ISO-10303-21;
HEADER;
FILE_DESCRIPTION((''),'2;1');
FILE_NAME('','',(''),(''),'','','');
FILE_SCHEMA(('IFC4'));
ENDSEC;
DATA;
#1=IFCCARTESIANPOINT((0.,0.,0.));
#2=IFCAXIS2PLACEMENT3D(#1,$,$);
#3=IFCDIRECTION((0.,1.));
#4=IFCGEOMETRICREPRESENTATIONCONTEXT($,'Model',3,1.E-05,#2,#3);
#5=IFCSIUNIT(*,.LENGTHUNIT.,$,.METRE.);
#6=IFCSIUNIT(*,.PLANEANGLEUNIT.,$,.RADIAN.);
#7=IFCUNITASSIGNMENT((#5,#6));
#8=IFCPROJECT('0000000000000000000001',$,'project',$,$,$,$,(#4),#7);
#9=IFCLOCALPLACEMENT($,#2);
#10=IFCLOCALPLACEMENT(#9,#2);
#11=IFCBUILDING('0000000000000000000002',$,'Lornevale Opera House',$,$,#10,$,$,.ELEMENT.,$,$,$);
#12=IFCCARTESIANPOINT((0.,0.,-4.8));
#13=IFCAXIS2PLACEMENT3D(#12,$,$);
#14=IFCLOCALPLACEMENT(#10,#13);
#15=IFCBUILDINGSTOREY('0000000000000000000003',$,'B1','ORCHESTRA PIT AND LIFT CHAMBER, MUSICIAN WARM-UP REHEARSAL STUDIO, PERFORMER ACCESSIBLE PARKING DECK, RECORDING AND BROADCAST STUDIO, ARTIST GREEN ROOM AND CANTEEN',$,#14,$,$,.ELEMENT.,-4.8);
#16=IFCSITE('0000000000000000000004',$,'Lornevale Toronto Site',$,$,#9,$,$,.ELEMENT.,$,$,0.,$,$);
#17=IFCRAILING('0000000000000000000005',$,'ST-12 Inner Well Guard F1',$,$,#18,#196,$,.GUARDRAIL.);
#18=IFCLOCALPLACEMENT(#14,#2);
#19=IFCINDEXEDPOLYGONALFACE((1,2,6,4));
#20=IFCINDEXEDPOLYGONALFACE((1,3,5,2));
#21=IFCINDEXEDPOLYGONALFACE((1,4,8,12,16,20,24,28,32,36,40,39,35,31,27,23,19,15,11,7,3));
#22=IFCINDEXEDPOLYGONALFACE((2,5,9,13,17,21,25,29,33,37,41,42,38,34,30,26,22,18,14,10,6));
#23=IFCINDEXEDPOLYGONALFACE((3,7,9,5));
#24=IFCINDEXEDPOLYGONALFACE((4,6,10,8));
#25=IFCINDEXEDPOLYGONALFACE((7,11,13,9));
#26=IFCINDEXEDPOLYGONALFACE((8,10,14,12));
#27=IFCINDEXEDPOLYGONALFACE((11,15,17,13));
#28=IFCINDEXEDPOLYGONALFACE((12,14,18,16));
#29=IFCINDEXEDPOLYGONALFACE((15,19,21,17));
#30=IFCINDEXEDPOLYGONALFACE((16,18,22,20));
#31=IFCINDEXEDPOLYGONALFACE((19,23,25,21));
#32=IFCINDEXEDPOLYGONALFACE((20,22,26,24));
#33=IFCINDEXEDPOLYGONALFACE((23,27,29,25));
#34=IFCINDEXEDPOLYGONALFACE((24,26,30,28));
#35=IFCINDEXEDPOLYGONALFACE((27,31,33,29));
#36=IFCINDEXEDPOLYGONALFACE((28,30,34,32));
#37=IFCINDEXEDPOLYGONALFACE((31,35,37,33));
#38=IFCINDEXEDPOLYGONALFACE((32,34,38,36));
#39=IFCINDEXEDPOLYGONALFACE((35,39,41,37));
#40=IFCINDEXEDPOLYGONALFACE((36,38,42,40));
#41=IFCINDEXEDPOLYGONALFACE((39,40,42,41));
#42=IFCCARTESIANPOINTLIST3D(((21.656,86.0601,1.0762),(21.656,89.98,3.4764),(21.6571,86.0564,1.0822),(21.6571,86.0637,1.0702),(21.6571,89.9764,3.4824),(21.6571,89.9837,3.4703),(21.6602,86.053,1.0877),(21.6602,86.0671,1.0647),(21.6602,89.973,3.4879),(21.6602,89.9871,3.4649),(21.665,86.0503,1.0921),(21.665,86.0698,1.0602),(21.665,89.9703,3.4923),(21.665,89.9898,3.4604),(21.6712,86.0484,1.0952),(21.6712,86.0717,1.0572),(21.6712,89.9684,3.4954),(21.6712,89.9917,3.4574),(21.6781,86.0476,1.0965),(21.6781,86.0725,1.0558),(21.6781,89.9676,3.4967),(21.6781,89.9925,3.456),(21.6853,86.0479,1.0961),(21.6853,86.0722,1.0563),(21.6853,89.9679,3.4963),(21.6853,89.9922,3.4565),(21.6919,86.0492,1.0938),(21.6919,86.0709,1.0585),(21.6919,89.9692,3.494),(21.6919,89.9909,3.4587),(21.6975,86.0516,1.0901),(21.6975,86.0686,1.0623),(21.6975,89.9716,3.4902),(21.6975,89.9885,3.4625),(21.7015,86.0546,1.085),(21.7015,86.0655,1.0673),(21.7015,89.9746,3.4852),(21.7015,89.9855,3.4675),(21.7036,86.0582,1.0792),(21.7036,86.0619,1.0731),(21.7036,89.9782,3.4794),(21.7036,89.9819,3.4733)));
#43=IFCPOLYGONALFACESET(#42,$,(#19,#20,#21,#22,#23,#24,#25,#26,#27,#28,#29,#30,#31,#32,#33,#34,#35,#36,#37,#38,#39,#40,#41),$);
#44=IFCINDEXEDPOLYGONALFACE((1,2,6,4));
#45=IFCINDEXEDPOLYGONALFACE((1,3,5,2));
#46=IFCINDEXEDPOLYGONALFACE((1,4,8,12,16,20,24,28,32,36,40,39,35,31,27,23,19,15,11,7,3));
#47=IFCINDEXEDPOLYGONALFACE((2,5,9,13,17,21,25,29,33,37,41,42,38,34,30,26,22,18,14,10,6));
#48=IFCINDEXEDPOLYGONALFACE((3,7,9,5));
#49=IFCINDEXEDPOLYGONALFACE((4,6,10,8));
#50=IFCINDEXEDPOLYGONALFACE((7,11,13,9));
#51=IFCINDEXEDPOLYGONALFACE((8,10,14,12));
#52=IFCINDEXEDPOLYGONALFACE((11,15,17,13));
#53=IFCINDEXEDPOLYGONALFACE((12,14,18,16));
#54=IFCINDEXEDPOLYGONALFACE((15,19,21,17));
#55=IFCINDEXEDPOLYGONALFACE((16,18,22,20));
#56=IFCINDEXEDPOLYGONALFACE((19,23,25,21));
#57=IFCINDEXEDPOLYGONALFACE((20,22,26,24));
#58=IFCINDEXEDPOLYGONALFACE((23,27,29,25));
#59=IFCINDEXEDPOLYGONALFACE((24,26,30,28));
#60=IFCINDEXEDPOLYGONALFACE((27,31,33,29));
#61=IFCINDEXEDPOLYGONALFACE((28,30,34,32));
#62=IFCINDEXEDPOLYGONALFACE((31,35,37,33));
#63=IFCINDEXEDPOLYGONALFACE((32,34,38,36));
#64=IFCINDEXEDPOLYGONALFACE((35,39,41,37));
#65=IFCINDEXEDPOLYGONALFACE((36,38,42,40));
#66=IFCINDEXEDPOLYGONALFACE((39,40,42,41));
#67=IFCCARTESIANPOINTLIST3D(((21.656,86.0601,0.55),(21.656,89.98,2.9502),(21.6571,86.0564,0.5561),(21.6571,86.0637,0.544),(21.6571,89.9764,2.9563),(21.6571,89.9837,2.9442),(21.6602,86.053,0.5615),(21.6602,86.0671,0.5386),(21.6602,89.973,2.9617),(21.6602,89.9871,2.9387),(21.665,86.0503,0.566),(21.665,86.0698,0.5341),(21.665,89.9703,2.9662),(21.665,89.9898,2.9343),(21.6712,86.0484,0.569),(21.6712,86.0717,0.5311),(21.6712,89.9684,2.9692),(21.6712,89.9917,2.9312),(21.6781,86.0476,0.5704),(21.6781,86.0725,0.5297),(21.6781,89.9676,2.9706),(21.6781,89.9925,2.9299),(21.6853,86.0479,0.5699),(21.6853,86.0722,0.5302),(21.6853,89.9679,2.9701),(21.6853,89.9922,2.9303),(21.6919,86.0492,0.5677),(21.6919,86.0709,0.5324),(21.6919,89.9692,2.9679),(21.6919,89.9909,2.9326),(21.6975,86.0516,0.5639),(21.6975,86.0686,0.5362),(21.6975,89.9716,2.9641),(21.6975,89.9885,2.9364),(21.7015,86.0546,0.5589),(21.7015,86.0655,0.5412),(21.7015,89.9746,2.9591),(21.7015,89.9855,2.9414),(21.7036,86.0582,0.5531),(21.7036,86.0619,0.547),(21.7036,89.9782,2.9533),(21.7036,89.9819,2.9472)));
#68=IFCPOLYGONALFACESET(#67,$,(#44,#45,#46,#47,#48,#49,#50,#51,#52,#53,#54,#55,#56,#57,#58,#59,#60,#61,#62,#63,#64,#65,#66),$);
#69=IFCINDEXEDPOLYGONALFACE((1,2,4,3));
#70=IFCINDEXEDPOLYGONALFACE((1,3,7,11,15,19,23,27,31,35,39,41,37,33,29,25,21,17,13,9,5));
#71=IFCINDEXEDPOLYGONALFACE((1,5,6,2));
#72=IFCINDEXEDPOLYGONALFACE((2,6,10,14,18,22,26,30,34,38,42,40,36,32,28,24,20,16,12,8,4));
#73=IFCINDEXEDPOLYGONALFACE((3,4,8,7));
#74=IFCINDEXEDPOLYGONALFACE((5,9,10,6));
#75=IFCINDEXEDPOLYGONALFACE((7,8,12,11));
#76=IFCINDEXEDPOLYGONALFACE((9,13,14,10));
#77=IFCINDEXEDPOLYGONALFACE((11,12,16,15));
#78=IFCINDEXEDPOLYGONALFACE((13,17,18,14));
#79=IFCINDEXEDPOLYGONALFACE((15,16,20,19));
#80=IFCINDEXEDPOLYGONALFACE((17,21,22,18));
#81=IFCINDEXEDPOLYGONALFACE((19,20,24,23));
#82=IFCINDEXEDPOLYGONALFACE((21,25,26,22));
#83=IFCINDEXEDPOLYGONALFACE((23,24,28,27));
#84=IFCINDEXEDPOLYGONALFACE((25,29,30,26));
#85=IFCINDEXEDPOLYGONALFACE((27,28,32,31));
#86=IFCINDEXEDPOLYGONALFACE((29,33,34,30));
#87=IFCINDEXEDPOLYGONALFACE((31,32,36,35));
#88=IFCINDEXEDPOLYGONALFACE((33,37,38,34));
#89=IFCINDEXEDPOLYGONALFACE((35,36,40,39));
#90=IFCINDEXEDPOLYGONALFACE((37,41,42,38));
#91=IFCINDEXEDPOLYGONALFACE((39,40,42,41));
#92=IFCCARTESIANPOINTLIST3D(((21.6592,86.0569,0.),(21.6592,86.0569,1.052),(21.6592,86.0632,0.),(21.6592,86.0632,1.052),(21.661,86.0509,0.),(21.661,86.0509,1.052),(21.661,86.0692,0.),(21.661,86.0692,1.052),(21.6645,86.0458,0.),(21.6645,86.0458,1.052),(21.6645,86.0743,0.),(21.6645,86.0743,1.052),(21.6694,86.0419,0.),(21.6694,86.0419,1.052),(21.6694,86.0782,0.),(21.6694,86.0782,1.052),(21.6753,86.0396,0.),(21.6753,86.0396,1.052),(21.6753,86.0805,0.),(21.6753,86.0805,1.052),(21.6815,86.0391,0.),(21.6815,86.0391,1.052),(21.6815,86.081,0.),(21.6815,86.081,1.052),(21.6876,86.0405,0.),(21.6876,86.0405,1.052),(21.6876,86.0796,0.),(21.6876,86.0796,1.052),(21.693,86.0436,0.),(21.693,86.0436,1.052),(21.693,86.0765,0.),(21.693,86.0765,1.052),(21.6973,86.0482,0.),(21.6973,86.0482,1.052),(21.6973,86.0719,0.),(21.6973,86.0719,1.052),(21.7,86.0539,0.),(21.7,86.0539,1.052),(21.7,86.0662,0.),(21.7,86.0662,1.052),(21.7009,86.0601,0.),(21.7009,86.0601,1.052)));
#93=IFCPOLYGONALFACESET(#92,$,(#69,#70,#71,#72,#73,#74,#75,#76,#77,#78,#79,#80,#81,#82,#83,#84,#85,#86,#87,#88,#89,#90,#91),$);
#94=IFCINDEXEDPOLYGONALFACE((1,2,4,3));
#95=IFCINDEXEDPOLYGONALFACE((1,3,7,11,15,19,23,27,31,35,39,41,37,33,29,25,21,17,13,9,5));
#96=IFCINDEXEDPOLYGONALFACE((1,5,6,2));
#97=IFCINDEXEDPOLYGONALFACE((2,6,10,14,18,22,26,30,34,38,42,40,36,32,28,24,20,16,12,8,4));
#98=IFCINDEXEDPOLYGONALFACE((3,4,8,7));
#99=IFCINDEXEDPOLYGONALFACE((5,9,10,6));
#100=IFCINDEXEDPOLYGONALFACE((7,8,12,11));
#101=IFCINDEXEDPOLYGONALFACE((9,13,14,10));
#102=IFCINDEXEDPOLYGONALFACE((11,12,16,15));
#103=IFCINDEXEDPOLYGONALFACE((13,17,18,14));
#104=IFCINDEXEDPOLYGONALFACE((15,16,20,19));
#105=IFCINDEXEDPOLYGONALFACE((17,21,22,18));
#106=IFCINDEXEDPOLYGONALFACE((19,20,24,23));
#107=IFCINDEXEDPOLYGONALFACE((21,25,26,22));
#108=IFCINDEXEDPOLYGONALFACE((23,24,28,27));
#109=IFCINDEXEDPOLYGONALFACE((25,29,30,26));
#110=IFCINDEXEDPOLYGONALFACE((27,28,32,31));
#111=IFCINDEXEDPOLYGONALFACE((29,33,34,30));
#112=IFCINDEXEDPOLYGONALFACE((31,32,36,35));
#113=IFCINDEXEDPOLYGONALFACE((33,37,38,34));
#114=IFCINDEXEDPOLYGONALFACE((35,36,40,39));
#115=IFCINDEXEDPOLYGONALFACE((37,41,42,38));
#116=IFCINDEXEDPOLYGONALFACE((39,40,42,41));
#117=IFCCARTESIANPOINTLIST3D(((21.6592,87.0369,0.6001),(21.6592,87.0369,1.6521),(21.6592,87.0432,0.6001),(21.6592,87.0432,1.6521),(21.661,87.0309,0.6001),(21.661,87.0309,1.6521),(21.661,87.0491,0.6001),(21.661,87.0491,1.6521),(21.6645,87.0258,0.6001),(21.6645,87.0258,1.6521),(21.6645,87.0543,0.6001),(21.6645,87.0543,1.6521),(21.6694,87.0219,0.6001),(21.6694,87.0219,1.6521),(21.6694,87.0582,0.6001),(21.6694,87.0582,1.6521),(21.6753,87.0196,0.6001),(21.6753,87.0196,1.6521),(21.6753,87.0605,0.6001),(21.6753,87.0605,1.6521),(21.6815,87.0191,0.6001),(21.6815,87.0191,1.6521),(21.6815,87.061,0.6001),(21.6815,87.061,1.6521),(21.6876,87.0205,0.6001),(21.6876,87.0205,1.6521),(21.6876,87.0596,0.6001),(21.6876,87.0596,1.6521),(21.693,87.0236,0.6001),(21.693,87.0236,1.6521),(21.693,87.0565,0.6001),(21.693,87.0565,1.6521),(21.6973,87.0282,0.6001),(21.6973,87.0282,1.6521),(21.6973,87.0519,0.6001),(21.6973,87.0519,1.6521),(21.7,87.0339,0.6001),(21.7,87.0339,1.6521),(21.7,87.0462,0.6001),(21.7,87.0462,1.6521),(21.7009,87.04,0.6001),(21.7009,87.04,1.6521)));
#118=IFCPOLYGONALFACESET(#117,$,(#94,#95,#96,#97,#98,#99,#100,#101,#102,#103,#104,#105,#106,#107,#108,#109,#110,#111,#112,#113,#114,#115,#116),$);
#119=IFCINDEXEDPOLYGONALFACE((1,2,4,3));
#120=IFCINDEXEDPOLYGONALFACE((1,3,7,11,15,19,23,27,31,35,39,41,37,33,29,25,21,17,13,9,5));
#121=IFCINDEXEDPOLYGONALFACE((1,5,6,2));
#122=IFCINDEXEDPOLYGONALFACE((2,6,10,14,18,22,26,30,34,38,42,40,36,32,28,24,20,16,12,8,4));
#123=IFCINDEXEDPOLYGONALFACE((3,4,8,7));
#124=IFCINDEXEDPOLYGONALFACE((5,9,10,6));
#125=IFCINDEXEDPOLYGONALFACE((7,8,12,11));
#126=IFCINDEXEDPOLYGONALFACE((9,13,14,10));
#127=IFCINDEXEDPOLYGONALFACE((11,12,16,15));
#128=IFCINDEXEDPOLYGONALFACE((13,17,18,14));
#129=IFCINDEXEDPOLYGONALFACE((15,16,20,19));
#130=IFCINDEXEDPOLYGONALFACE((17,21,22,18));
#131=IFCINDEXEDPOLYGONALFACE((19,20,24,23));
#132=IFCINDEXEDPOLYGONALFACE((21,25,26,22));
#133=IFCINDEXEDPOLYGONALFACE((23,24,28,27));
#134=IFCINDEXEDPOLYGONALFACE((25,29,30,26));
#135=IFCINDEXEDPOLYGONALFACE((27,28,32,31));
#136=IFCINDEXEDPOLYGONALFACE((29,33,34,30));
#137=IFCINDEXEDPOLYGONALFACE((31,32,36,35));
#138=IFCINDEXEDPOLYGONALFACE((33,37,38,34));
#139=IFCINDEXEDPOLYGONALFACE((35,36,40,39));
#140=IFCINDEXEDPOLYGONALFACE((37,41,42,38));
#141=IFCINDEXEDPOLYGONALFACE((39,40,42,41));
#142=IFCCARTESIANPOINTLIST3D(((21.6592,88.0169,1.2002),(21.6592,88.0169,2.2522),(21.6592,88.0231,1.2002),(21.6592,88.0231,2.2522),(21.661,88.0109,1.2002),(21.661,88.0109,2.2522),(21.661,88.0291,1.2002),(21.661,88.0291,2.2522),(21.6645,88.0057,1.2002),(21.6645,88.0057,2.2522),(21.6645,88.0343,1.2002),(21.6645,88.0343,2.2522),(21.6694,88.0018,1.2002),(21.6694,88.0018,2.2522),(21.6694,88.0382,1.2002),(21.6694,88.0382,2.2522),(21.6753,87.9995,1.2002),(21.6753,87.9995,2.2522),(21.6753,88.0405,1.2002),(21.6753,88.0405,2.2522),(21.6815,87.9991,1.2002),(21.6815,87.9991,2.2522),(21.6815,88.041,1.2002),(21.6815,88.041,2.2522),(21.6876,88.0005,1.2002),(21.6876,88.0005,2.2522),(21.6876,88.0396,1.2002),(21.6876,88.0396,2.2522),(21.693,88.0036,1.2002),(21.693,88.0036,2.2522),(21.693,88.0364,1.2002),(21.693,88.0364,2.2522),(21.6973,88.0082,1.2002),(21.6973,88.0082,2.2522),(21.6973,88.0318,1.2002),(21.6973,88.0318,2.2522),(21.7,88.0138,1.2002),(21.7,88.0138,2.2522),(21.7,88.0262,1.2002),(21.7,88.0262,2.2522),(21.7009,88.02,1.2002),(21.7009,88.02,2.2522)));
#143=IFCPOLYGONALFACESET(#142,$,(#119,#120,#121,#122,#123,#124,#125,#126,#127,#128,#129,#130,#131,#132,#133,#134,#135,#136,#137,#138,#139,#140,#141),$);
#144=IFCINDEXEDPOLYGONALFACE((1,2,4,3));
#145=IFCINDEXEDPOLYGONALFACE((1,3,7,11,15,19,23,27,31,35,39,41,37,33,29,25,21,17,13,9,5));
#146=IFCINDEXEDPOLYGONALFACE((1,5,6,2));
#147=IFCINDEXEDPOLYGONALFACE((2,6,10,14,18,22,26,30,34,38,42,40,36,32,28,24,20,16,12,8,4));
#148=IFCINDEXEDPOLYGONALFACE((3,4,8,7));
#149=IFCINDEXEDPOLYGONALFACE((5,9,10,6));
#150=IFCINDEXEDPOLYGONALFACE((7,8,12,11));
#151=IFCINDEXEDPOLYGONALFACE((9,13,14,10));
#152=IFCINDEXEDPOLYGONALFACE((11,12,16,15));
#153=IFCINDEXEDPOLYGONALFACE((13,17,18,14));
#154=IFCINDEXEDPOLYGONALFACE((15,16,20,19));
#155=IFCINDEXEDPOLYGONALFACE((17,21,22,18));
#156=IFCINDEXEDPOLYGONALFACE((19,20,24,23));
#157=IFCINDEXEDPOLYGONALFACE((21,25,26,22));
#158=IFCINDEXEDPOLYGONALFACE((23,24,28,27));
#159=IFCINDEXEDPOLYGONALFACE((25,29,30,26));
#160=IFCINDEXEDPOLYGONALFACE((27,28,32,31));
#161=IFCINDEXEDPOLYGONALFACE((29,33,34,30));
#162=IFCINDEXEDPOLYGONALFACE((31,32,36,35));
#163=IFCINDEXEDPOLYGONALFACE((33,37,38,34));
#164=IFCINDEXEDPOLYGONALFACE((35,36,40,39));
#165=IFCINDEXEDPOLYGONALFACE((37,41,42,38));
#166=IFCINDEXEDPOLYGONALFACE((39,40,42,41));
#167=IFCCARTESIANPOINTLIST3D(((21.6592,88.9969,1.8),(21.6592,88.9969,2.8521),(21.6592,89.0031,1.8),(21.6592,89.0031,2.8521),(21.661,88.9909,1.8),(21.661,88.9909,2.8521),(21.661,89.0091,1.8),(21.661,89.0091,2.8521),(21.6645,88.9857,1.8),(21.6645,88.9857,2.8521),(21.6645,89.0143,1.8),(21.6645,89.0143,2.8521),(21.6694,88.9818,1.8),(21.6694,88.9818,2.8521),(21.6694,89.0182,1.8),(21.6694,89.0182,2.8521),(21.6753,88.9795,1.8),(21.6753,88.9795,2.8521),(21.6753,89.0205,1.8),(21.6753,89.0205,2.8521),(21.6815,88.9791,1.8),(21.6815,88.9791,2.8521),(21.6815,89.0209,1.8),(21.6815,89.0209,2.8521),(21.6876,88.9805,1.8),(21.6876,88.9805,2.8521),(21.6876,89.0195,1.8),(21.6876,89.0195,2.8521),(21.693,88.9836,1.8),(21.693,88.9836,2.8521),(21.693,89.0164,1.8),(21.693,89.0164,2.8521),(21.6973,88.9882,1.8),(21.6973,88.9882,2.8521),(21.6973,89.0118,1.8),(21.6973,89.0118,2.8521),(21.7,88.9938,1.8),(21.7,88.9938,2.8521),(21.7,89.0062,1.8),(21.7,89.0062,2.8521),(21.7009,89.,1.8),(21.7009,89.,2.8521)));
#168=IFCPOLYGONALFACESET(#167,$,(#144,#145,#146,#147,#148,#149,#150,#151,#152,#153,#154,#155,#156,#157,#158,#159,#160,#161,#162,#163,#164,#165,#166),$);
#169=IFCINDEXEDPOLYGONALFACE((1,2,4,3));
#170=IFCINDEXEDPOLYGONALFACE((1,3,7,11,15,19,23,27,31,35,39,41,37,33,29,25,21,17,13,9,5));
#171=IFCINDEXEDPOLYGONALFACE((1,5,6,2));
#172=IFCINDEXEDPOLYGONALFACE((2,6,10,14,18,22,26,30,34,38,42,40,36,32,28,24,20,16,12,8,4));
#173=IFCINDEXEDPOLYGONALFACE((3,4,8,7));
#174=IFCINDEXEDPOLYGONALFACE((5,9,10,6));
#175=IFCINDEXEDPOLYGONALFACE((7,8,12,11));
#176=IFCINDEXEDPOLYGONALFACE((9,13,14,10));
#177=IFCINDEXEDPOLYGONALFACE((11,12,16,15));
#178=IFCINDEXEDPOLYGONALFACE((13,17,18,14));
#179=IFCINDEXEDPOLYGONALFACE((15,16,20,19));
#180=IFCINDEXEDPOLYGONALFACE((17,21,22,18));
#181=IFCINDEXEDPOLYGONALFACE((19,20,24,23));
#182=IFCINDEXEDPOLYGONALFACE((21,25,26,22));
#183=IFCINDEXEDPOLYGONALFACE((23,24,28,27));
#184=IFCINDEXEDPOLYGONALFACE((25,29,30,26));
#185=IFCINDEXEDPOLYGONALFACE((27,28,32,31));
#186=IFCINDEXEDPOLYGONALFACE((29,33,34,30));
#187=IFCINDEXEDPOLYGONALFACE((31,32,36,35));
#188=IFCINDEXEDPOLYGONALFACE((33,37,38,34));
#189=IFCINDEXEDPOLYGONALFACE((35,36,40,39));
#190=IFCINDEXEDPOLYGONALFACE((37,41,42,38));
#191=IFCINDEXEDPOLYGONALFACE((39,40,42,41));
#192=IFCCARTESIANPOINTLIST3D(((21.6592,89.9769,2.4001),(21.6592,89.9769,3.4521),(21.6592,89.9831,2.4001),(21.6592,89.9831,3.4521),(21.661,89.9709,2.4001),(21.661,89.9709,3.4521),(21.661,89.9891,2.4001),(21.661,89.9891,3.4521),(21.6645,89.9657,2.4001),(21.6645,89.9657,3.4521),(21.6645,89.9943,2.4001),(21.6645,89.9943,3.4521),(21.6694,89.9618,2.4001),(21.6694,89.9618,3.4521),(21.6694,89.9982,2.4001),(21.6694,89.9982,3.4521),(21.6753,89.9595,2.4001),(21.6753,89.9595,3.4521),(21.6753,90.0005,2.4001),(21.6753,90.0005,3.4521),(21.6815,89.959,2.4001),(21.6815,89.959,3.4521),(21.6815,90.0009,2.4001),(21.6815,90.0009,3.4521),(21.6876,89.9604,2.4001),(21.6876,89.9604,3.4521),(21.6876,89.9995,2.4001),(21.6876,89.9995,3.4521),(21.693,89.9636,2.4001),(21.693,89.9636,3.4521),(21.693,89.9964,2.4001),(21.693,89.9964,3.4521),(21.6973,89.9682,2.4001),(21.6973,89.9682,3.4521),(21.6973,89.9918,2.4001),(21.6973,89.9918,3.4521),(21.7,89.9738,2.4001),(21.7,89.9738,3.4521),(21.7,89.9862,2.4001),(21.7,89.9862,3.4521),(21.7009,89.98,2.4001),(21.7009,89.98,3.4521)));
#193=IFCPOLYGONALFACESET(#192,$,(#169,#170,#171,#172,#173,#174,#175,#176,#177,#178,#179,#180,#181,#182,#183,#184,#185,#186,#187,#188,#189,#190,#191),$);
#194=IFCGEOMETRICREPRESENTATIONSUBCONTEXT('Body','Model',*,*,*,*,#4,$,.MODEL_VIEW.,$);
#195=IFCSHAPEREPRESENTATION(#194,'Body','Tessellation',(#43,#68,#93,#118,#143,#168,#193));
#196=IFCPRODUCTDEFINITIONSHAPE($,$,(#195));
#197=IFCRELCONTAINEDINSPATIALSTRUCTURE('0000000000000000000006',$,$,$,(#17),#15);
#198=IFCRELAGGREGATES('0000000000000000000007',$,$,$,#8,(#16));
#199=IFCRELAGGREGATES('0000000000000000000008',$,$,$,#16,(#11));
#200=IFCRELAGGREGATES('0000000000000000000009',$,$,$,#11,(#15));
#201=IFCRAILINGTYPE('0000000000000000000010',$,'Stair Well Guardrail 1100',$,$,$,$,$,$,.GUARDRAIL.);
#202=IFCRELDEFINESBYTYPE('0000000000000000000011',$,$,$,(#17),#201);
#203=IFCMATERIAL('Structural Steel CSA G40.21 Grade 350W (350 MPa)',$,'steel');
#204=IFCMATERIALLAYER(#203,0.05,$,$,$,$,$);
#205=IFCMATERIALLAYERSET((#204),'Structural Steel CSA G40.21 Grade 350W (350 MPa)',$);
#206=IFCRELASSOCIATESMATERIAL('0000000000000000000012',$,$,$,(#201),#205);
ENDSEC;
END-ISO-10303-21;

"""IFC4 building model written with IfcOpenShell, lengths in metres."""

from ifc_helpers import new_model, si_unit, direction, frame, origin, origin_2d, place, context, subcontext, project, spatial, circle, extrude, material, layer, layer_set, type_object, element, save


model = new_model("IFC4")

# Units and contexts
model_context = context("Model", 3, precision=1e-05, world=origin(), true_north=direction((0.0, 1.0)))
body_context = subcontext(model_context, "Body", "Model", "MODEL_VIEW")
ifc_project = project(units=[si_unit("LENGTHUNIT", "METRE"), si_unit("PLANEANGLEUNIT", "RADIAN")], contexts=[model_context])

# Site, building, storey
site_placement = place(None, origin())
site = spatial("IfcSite", under=ifc_project, at=site_placement, Name="Lornevale Toronto Site", CompositionType="ELEMENT", RefElevation=0.0)
building_placement = place(site_placement, origin())
building = spatial("IfcBuilding", under=site, at=building_placement, Name="Lornevale Opera House", CompositionType="ELEMENT")
storey_placement = place(building_placement, frame((0.0, 0.0, -4.8)))
storey = spatial("IfcBuildingStorey", under=building, at=storey_placement, Name="B1", Description="ORCHESTRA PIT AND LIFT CHAMBER, MUSICIAN WARM-UP REHEARSAL STUDIO, PERFORMER ACCESSIBLE PARKING DECK, RECORDING AND BROADCAST STUDIO, ARTIST GREEN ROOM AND CANTEEN", CompositionType="ELEMENT", Elevation=-4.8)

# Railing
ifc_material_1 = material(Name="Structural Steel CSA G40.21 Grade 350W (350 MPa)", Category="steel")
ifc_layer_1 = layer(ifc_material_1, 0.05)
ifc_layer_set_1 = layer_set([ifc_layer_1], Name="Structural Steel CSA G40.21 Grade 350W (350 MPa)")
railing_type_1 = type_object("IfcRailingType", Name="Stair Well Guardrail 1100", PredefinedType="GUARDRAIL", material=ifc_layer_set_1)
railing_1_placement = place(storey_placement, frame((21.6799, 86.0601, 0.0)))
element("IfcRailing", 1, at=railing_1_placement, inside=storey, type_object=railing_type_1, Name="ST-12 Inner Well Guard F1", PredefinedType="GUARDRAIL", context=body_context, shape_type="SweptSolid", body=[
    extrude(circle(Radius=0.0239, at=origin_2d()), frame((0.0, 0.0, 1.0762), z_axis=(0.0, 0.852832, 0.522185), x_axis=(-1.0, 0.0, 0.0)), (0.0, 0.0, 1.0), 4.5964),
    extrude(circle(Radius=0.0239, at=origin_2d()), frame((0.0, 0.0, 0.55), z_axis=(0.0, 0.852832, 0.522185), x_axis=(-1.0, 0.0, 0.0)), (0.0, 0.0, 1.0), 4.5964),
    extrude(circle(Radius=0.021, at=origin_2d()), origin(), (0.0, 0.0, 1.0), 1.052),
    extrude(circle(Radius=0.021, at=origin_2d()), frame((0.0, 0.98, 0.6001)), (0.0, 0.0, 1.0), 1.052),
    extrude(circle(Radius=0.021, at=origin_2d()), frame((0.0, 1.96, 1.2002)), (0.0, 0.0, 1.0), 1.052),
    extrude(circle(Radius=0.021, at=origin_2d()), frame((0.0, 2.9399, 1.8)), (0.0, 0.0, 1.0), 1.052),
    extrude(circle(Radius=0.021, at=origin_2d()), frame((0.0, 3.9199, 2.4001)), (0.0, 0.0, 1.0), 1.052),
])

save(model, "model.ifc")
